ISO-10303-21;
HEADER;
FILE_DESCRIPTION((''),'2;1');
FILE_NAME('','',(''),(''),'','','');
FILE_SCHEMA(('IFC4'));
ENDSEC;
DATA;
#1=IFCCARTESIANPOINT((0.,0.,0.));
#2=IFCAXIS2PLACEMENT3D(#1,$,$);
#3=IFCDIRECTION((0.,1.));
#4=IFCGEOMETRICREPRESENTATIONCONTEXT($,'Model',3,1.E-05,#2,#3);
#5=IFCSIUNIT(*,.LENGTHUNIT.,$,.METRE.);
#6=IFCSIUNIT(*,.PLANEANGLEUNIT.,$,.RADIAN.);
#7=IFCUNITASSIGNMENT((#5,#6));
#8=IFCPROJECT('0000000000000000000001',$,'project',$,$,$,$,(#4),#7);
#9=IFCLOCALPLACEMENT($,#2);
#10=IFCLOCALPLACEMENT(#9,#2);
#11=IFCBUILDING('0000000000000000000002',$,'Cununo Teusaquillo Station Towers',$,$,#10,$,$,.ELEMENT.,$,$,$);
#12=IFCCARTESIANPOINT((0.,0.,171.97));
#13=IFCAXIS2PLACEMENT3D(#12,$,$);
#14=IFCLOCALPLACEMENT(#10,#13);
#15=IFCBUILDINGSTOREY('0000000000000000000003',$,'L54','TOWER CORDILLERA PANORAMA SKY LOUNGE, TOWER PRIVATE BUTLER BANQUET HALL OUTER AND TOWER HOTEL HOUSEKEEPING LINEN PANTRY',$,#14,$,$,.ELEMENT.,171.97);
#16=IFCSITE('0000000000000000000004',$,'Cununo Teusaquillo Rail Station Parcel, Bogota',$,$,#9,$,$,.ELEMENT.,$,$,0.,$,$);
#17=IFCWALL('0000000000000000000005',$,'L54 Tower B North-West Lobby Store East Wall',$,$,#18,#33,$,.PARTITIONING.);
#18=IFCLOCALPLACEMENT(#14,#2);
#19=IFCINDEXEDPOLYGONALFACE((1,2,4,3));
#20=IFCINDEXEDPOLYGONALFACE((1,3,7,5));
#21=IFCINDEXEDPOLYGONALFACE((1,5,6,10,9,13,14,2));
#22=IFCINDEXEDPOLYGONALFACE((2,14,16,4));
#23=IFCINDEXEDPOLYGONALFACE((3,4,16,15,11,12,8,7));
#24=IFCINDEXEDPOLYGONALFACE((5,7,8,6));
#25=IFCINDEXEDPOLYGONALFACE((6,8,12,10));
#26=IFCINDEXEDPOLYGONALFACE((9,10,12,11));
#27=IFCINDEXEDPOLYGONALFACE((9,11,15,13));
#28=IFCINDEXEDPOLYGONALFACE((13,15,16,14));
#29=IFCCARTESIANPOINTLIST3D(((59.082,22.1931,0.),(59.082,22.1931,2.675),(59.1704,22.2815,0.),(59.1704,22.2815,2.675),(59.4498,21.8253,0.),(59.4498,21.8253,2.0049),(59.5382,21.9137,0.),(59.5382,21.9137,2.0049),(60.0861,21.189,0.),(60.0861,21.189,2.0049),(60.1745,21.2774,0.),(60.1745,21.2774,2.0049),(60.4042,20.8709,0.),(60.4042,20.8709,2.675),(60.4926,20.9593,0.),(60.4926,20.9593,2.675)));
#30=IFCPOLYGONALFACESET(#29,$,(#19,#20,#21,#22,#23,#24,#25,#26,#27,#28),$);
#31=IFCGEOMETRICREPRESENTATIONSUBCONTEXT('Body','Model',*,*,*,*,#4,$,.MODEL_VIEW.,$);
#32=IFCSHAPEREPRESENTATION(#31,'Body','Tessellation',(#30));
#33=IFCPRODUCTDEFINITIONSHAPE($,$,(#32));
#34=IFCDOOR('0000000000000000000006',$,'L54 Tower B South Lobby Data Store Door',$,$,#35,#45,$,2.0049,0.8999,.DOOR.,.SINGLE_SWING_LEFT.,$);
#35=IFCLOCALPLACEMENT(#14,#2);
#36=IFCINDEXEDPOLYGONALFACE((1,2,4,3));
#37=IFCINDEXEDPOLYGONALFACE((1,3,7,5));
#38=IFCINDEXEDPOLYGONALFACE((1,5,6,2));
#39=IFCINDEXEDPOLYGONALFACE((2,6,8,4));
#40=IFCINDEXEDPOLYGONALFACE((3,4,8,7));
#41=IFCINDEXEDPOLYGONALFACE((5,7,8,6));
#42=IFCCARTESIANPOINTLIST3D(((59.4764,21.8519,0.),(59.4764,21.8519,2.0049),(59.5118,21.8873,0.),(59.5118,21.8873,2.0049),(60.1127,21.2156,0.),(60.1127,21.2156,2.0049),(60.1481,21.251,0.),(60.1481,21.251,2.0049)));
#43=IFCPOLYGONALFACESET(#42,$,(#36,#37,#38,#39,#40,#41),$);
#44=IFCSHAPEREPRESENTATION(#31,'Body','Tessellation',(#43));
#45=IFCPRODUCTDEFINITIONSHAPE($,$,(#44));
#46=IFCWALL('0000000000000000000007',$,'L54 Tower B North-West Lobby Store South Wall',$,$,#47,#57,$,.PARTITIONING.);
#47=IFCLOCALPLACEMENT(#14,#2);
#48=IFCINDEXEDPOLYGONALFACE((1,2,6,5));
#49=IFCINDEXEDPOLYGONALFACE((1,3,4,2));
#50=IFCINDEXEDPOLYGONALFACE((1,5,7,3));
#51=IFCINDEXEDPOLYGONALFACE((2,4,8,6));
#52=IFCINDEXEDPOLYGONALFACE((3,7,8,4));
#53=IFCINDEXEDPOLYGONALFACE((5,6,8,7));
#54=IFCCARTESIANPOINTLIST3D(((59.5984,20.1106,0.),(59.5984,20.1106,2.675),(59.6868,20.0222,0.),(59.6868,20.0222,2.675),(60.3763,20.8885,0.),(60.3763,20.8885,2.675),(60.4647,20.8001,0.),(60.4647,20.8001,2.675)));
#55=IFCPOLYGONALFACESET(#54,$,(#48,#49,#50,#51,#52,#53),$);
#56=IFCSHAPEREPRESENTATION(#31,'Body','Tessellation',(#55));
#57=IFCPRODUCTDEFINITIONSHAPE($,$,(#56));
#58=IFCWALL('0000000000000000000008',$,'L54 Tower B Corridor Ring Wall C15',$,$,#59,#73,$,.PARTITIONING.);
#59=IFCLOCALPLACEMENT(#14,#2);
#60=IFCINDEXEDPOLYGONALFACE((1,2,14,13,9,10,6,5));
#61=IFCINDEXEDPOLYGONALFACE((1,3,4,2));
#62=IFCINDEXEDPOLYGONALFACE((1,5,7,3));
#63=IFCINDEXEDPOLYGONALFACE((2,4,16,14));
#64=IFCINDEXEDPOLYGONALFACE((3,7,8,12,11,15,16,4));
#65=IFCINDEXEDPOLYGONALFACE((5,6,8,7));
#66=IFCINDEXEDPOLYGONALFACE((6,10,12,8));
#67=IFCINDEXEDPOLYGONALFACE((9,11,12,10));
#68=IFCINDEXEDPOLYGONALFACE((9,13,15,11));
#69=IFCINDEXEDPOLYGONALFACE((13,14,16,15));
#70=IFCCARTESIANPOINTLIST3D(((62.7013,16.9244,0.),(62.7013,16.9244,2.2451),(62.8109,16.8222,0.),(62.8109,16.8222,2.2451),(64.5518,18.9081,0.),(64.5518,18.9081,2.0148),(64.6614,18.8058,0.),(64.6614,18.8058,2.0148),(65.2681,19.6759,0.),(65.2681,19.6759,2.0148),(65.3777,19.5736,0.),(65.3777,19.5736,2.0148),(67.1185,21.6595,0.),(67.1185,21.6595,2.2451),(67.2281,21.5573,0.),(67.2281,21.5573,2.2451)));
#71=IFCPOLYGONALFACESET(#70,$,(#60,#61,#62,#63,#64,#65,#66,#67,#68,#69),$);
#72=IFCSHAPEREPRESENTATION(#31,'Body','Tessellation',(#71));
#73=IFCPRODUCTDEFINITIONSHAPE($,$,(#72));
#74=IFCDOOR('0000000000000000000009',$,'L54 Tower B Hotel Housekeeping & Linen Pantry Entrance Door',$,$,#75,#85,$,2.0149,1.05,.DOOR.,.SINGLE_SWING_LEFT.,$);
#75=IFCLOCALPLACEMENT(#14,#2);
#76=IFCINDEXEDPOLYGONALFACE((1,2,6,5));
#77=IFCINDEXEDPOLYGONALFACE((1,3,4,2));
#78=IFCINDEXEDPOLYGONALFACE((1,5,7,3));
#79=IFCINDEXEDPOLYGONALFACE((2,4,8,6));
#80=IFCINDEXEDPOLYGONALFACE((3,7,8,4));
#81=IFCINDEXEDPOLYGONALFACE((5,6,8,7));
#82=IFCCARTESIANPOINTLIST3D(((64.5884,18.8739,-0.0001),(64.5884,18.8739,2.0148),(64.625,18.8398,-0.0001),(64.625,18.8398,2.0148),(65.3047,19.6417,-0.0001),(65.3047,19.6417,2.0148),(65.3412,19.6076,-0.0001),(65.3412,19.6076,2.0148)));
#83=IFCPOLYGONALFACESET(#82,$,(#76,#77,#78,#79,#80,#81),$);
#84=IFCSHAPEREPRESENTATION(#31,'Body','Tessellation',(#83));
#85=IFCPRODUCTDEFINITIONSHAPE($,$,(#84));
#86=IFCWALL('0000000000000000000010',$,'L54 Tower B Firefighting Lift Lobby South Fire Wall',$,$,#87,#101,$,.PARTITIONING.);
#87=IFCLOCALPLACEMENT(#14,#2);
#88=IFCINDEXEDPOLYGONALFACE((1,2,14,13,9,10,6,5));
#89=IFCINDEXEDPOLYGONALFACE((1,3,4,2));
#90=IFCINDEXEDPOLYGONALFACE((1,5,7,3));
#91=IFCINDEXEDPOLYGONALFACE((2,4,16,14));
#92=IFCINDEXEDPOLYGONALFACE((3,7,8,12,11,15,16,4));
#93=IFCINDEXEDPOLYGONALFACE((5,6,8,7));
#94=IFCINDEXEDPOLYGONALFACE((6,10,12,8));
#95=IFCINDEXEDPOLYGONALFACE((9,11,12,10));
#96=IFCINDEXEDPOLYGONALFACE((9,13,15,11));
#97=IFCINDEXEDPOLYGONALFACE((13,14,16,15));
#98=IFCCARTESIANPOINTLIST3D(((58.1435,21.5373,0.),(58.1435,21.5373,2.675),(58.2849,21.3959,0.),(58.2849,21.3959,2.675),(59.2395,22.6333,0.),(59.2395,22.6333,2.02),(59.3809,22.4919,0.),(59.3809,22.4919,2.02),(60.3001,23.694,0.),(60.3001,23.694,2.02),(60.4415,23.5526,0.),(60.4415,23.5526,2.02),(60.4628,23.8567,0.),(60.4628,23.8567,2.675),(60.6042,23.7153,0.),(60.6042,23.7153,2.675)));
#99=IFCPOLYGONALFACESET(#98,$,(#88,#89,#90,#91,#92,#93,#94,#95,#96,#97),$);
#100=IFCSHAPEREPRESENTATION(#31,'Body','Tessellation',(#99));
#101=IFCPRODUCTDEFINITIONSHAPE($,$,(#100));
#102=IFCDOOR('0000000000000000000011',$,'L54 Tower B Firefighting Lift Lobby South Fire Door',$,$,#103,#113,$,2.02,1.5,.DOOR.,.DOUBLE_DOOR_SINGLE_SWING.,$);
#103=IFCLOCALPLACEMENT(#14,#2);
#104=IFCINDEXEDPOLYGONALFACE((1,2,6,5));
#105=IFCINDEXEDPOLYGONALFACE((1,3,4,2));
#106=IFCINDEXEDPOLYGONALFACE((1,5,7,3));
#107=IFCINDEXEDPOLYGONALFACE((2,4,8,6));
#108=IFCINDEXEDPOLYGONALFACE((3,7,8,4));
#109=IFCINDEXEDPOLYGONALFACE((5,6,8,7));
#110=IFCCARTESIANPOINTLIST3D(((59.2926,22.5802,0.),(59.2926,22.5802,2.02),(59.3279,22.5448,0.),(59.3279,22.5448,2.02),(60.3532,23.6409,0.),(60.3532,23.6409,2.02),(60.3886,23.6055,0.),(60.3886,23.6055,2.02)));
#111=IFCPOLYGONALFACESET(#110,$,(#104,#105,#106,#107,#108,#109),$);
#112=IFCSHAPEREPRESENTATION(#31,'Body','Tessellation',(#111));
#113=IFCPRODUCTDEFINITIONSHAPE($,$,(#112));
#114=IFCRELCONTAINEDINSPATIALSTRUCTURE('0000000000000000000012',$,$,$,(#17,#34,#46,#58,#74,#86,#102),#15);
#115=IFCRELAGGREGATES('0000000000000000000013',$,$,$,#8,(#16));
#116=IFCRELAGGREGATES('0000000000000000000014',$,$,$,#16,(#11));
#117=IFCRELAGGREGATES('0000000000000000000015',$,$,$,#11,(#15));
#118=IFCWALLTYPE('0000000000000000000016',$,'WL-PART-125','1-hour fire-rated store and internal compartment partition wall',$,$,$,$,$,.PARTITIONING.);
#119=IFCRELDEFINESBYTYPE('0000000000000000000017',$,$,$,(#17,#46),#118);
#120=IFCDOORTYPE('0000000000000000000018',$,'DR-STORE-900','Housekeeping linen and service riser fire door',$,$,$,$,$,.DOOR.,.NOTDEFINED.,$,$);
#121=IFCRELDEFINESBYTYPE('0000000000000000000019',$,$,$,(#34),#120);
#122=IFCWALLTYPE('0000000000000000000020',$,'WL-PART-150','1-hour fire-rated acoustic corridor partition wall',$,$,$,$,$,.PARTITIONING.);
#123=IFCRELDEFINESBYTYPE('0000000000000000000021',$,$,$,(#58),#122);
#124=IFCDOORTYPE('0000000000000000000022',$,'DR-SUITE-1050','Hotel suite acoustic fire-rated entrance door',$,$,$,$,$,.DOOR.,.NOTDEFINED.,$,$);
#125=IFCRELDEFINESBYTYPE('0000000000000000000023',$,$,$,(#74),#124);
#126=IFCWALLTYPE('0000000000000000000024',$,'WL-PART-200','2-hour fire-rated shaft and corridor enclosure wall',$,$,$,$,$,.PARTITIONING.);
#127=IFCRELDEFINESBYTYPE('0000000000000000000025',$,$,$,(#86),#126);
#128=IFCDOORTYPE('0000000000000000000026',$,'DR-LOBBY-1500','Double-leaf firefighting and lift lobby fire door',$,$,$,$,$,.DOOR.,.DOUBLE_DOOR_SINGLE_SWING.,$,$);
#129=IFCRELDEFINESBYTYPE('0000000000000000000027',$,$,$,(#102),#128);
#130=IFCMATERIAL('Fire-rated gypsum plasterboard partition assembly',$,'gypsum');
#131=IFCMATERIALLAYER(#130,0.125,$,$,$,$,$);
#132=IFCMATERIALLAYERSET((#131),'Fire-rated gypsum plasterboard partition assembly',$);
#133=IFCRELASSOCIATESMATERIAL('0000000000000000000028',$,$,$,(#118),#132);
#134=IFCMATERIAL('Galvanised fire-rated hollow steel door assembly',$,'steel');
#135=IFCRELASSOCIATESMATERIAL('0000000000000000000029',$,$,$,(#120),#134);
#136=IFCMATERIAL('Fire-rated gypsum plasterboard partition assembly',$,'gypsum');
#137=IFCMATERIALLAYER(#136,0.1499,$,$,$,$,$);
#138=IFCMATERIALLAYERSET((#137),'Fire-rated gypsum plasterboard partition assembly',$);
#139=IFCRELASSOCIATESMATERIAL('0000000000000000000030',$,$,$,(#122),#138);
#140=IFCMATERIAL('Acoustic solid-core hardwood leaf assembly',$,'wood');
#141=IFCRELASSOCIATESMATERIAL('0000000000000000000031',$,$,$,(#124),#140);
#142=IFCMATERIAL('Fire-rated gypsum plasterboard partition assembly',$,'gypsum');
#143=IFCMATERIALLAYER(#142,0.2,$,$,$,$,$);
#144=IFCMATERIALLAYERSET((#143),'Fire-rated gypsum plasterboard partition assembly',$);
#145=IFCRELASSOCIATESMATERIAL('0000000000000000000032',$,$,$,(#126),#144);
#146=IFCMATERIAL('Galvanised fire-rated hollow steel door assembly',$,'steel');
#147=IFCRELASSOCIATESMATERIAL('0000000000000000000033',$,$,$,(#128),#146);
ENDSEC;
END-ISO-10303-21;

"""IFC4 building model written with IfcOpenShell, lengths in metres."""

from ifc_helpers import new_model, si_unit, direction, frame, frame_2d, origin, place, context, subcontext, project, spatial, rectangle, extrude, source, transform, mapped, material, layer, layer_set, type_object, element, fill, save


model = new_model("IFC4")

# Units and contexts
model_context = context("Model", 3, precision=1e-05, world=origin(), true_north=direction((0.0, 1.0)))
body_context = subcontext(model_context, "Body", "Model", "MODEL_VIEW")
ifc_project = project(units=[si_unit("LENGTHUNIT", "METRE"), si_unit("PLANEANGLEUNIT", "RADIAN")], contexts=[model_context])

# Site, building, storey
site_placement = place(None, origin())
site = spatial("IfcSite", under=ifc_project, at=site_placement, Name="Cununo Teusaquillo Rail Station Parcel, Bogota", CompositionType="ELEMENT", RefElevation=0.0)
building_placement = place(site_placement, origin())
building = spatial("IfcBuilding", under=site, at=building_placement, Name="Cununo Teusaquillo Station Towers", CompositionType="ELEMENT")
storey_placement = place(building_placement, frame((0.0, 0.0, 171.97)))
storey = spatial("IfcBuildingStorey", under=building, at=storey_placement, Name="L54", Description="TOWER CORDILLERA PANORAMA SKY LOUNGE, TOWER PRIVATE BUTLER BANQUET HALL OUTER AND TOWER HOTEL HOUSEKEEPING LINEN PANTRY", CompositionType="ELEMENT", Elevation=171.97)

# Wall, opening, door
ifc_material_1 = material(Name="Fire-rated gypsum plasterboard partition assembly", Category="gypsum")
ifc_layer_1 = layer(ifc_material_1, 0.125)
ifc_layer_set_1 = layer_set([ifc_layer_1], Name="Fire-rated gypsum plasterboard partition assembly")
wall_type_1 = type_object("IfcWallType", Name="WL-PART-125", Description="1-hour fire-rated store and internal compartment partition wall", PredefinedType="PARTITIONING", material=ifc_layer_set_1)
wall_1_placement = place(storey_placement, frame((60.4485, 20.915, 0.0), z_axis=(0.0, 0.0, 1.0), x_axis=(-0.707107, 0.707107, 0.0)))
wall_1 = element("IfcWall", 1, at=wall_1_placement, inside=storey, type_object=wall_type_1, Name="L54 Tower B North-West Lobby Store East Wall", PredefinedType="PARTITIONING", context=body_context, shape_type="SweptSolid", body=[
    extrude(rectangle(XDim=1.8699, YDim=0.125, at=frame_2d((0.9351, 0.0))), origin(), (0.0, 0.0, 1.0), 2.675),
])
shared_shape_1 = source(origin(), body_context, "Body", "SweptSolid", [
    extrude(rectangle(XDim=0.8999, YDim=2.0049, at=frame_2d((0.45, 1.0024))), frame((0.0, 0.0725, 0.0), z_axis=(0.0, -1.0, 0.0), x_axis=(1.0, 0.0, 0.0)), (0.0, 0.0, 1.0), 0.145),
])
opening_1_placement = place(wall_1_placement, frame((0.45, 0.0, 0.0)))
opening_1 = element("IfcOpeningElement", 2, at=opening_1_placement, cuts=wall_1, PredefinedType="OPENING", context=body_context, shape_type="MappedRepresentation", body=[
    mapped(shared_shape_1, transform((0.0, 0.0, 0.0), x_axis=(1.0, 0.0, 0.0), y_axis=(0.0, 1.0, 0.0), z_axis=(0.0, 0.0, 1.0), scale=1.0)),
])
ifc_material_2 = material(Name="Galvanised fire-rated hollow steel door assembly", Category="steel")
door_type_1 = type_object("IfcDoorType", Name="DR-STORE-900", Description="Housekeeping linen and service riser fire door", OperationType="NOTDEFINED", PredefinedType="DOOR", material=ifc_material_2)
shared_shape_2 = source(origin(), body_context, "Body", "SweptSolid", [
    extrude(rectangle(XDim=0.8999, YDim=2.0049, at=frame_2d((0.45, 1.0024))), frame((0.0, 0.0249, 0.0), z_axis=(0.0, -1.0, 0.0), x_axis=(1.0, 0.0, 0.0)), (0.0, 0.0, 1.0), 0.05),
])
door_1_placement = place(opening_1_placement, origin())
door_1 = element("IfcDoor", 3, at=door_1_placement, inside=storey, type_object=door_type_1, Name="L54 Tower B South Lobby Data Store Door", OperationType="SINGLE_SWING_LEFT", OverallHeight=2.0049, OverallWidth=0.8999, PredefinedType="DOOR", context=body_context, shape_type="MappedRepresentation", body=[
    mapped(shared_shape_2, transform((0.0, 0.0, 0.0), x_axis=(1.0, 0.0, 0.0), y_axis=(0.0, 1.0, 0.0), z_axis=(0.0, 0.0, 1.0), scale=1.0)),
])
fill(opening_1, door_1)

# Wall
wall_2_placement = place(storey_placement, frame((59.6426, 20.0664, 0.0), z_axis=(0.0, 0.0, 1.0), x_axis=(0.707107, 0.707107, 0.0)))
element("IfcWall", 4, at=wall_2_placement, inside=storey, type_object=wall_type_1, Name="L54 Tower B North-West Lobby Store South Wall", PredefinedType="PARTITIONING", context=body_context, shape_type="SweptSolid", body=[
    extrude(rectangle(XDim=1.1001, YDim=0.125, at=frame_2d((0.55, 0.0))), origin(), (0.0, 0.0, 1.0), 2.675),
])

# Walls, openings, doors
ifc_material_3 = material(Name="Fire-rated gypsum plasterboard partition assembly", Category="gypsum")
ifc_layer_2 = layer(ifc_material_3, 0.1499)
ifc_layer_set_2 = layer_set([ifc_layer_2], Name="Fire-rated gypsum plasterboard partition assembly")
wall_type_2 = type_object("IfcWallType", Name="WL-PART-150", Description="1-hour fire-rated acoustic corridor partition wall", PredefinedType="PARTITIONING", material=ifc_layer_set_2)
wall_3_placement = place(storey_placement, frame((62.7561, 16.8733, 0.0), z_axis=(0.0, 0.0, 1.0), x_axis=(0.682137, 0.731225, 0.0)))
wall_3 = element("IfcWall", 5, at=wall_3_placement, inside=storey, type_object=wall_type_2, Name="L54 Tower B Corridor Ring Wall C15", PredefinedType="PARTITIONING", context=body_context, shape_type="SweptSolid", body=[
    extrude(rectangle(XDim=6.4756, YDim=0.1499, at=frame_2d((3.2378, 0.0))), origin(), (0.0, 0.0, 1.0), 2.2451),
])
shared_shape_3 = source(origin(), body_context, "Body", "SweptSolid", [
    extrude(rectangle(XDim=1.05, YDim=2.0149, at=frame_2d((0.5249, 1.0073))), frame((0.0, 0.085, 0.0), z_axis=(0.0, -1.0, 0.0), x_axis=(1.0, 0.0, 0.0)), (0.0, 0.0, 1.0), 0.1699),
])
opening_2_placement = place(wall_3_placement, frame((2.7129, 0.0, 0.0)))
opening_2 = element("IfcOpeningElement", 6, at=opening_2_placement, cuts=wall_3, PredefinedType="OPENING", context=body_context, shape_type="MappedRepresentation", body=[
    mapped(shared_shape_3, transform((0.0, 0.0, 0.0), x_axis=(1.0, 0.0, 0.0), y_axis=(0.0, 1.0, 0.0), z_axis=(0.0, 0.0, 1.0), scale=1.0)),
])
ifc_material_4 = material(Name="Acoustic solid-core hardwood leaf assembly", Category="wood")
door_type_2 = type_object("IfcDoorType", Name="DR-SUITE-1050", Description="Hotel suite acoustic fire-rated entrance door", OperationType="NOTDEFINED", PredefinedType="DOOR", material=ifc_material_4)
shared_shape_4 = source(origin(), body_context, "Body", "SweptSolid", [
    extrude(rectangle(XDim=1.05, YDim=2.0149, at=frame_2d((0.5249, 1.0073))), frame((0.0, 0.0249, 0.0), z_axis=(0.0, -1.0, 0.0), x_axis=(1.0, 0.0, 0.0)), (0.0, 0.0, 1.0), 0.05),
])
door_2_placement = place(opening_2_placement, origin())
door_2 = element("IfcDoor", 7, at=door_2_placement, inside=storey, type_object=door_type_2, Name="L54 Tower B Hotel Housekeeping & Linen Pantry Entrance Door", OperationType="SINGLE_SWING_LEFT", OverallHeight=2.0149, OverallWidth=1.05, PredefinedType="DOOR", context=body_context, shape_type="MappedRepresentation", body=[
    mapped(shared_shape_4, transform((0.0, 0.0, 0.0), x_axis=(1.0, 0.0, 0.0), y_axis=(0.0, 1.0, 0.0), z_axis=(0.0, 0.0, 1.0), scale=1.0)),
])
fill(opening_2, door_2)
ifc_material_5 = material(Name="Fire-rated gypsum plasterboard partition assembly", Category="gypsum")
ifc_layer_3 = layer(ifc_material_5, 0.2)
ifc_layer_set_3 = layer_set([ifc_layer_3], Name="Fire-rated gypsum plasterboard partition assembly")
wall_type_3 = type_object("IfcWallType", Name="WL-PART-200", Description="2-hour fire-rated shaft and corridor enclosure wall", PredefinedType="PARTITIONING", material=ifc_layer_set_3)
wall_4_placement = place(storey_placement, frame((58.2141, 21.4666, 0.0), z_axis=(0.0, 0.0, 1.0), x_axis=(0.707107, 0.707107, 0.0)))
wall_4 = element("IfcWall", 8, at=wall_4_placement, inside=storey, type_object=wall_type_3, Name="L54 Tower B Firefighting Lift Lobby South Fire Wall", PredefinedType="PARTITIONING", context=body_context, shape_type="SweptSolid", body=[
    extrude(rectangle(XDim=3.28, YDim=0.2, at=frame_2d((1.6401, 0.0))), origin(), (0.0, 0.0, 1.0), 2.675),
])
shared_shape_5 = source(origin(), body_context, "Body", "SweptSolid", [
    extrude(rectangle(XDim=1.5, YDim=2.02, at=frame_2d((0.75, 1.01))), frame((0.0, 0.1099, 0.0), z_axis=(0.0, -1.0, 0.0), x_axis=(1.0, 0.0, 0.0)), (0.0, 0.0, 1.0), 0.22),
])
opening_3_placement = place(wall_4_placement, frame((1.55, 0.0, 0.0)))
opening_3 = element("IfcOpeningElement", 9, at=opening_3_placement, cuts=wall_4, PredefinedType="OPENING", context=body_context, shape_type="MappedRepresentation", body=[
    mapped(shared_shape_5, transform((0.0, 0.0, 0.0), x_axis=(1.0, 0.0, 0.0), y_axis=(0.0, 1.0, 0.0), z_axis=(0.0, 0.0, 1.0), scale=1.0)),
])
ifc_material_6 = material(Name="Galvanised fire-rated hollow steel door assembly", Category="steel")
door_type_3 = type_object("IfcDoorType", Name="DR-LOBBY-1500", Description="Double-leaf firefighting and lift lobby fire door", OperationType="DOUBLE_DOOR_SINGLE_SWING", PredefinedType="DOOR", material=ifc_material_6)
shared_shape_6 = source(origin(), body_context, "Body", "SweptSolid", [
    extrude(rectangle(XDim=1.5, YDim=2.02, at=frame_2d((0.75, 1.01))), frame((0.0, 0.0249, 0.0), z_axis=(0.0, -1.0, 0.0), x_axis=(1.0, 0.0, 0.0)), (0.0, 0.0, 1.0), 0.05),
])
door_3_placement = place(opening_3_placement, origin())
door_3 = element("IfcDoor", 10, at=door_3_placement, inside=storey, type_object=door_type_3, Name="L54 Tower B Firefighting Lift Lobby South Fire Door", OperationType="DOUBLE_DOOR_SINGLE_SWING", OverallHeight=2.02, OverallWidth=1.5, PredefinedType="DOOR", context=body_context, shape_type="MappedRepresentation", body=[
    mapped(shared_shape_6, transform((0.0, 0.0, 0.0), x_axis=(1.0, 0.0, 0.0), y_axis=(0.0, 1.0, 0.0), z_axis=(0.0, 0.0, 1.0), scale=1.0)),
])
fill(opening_3, door_3)

save(model, "model.ifc")
